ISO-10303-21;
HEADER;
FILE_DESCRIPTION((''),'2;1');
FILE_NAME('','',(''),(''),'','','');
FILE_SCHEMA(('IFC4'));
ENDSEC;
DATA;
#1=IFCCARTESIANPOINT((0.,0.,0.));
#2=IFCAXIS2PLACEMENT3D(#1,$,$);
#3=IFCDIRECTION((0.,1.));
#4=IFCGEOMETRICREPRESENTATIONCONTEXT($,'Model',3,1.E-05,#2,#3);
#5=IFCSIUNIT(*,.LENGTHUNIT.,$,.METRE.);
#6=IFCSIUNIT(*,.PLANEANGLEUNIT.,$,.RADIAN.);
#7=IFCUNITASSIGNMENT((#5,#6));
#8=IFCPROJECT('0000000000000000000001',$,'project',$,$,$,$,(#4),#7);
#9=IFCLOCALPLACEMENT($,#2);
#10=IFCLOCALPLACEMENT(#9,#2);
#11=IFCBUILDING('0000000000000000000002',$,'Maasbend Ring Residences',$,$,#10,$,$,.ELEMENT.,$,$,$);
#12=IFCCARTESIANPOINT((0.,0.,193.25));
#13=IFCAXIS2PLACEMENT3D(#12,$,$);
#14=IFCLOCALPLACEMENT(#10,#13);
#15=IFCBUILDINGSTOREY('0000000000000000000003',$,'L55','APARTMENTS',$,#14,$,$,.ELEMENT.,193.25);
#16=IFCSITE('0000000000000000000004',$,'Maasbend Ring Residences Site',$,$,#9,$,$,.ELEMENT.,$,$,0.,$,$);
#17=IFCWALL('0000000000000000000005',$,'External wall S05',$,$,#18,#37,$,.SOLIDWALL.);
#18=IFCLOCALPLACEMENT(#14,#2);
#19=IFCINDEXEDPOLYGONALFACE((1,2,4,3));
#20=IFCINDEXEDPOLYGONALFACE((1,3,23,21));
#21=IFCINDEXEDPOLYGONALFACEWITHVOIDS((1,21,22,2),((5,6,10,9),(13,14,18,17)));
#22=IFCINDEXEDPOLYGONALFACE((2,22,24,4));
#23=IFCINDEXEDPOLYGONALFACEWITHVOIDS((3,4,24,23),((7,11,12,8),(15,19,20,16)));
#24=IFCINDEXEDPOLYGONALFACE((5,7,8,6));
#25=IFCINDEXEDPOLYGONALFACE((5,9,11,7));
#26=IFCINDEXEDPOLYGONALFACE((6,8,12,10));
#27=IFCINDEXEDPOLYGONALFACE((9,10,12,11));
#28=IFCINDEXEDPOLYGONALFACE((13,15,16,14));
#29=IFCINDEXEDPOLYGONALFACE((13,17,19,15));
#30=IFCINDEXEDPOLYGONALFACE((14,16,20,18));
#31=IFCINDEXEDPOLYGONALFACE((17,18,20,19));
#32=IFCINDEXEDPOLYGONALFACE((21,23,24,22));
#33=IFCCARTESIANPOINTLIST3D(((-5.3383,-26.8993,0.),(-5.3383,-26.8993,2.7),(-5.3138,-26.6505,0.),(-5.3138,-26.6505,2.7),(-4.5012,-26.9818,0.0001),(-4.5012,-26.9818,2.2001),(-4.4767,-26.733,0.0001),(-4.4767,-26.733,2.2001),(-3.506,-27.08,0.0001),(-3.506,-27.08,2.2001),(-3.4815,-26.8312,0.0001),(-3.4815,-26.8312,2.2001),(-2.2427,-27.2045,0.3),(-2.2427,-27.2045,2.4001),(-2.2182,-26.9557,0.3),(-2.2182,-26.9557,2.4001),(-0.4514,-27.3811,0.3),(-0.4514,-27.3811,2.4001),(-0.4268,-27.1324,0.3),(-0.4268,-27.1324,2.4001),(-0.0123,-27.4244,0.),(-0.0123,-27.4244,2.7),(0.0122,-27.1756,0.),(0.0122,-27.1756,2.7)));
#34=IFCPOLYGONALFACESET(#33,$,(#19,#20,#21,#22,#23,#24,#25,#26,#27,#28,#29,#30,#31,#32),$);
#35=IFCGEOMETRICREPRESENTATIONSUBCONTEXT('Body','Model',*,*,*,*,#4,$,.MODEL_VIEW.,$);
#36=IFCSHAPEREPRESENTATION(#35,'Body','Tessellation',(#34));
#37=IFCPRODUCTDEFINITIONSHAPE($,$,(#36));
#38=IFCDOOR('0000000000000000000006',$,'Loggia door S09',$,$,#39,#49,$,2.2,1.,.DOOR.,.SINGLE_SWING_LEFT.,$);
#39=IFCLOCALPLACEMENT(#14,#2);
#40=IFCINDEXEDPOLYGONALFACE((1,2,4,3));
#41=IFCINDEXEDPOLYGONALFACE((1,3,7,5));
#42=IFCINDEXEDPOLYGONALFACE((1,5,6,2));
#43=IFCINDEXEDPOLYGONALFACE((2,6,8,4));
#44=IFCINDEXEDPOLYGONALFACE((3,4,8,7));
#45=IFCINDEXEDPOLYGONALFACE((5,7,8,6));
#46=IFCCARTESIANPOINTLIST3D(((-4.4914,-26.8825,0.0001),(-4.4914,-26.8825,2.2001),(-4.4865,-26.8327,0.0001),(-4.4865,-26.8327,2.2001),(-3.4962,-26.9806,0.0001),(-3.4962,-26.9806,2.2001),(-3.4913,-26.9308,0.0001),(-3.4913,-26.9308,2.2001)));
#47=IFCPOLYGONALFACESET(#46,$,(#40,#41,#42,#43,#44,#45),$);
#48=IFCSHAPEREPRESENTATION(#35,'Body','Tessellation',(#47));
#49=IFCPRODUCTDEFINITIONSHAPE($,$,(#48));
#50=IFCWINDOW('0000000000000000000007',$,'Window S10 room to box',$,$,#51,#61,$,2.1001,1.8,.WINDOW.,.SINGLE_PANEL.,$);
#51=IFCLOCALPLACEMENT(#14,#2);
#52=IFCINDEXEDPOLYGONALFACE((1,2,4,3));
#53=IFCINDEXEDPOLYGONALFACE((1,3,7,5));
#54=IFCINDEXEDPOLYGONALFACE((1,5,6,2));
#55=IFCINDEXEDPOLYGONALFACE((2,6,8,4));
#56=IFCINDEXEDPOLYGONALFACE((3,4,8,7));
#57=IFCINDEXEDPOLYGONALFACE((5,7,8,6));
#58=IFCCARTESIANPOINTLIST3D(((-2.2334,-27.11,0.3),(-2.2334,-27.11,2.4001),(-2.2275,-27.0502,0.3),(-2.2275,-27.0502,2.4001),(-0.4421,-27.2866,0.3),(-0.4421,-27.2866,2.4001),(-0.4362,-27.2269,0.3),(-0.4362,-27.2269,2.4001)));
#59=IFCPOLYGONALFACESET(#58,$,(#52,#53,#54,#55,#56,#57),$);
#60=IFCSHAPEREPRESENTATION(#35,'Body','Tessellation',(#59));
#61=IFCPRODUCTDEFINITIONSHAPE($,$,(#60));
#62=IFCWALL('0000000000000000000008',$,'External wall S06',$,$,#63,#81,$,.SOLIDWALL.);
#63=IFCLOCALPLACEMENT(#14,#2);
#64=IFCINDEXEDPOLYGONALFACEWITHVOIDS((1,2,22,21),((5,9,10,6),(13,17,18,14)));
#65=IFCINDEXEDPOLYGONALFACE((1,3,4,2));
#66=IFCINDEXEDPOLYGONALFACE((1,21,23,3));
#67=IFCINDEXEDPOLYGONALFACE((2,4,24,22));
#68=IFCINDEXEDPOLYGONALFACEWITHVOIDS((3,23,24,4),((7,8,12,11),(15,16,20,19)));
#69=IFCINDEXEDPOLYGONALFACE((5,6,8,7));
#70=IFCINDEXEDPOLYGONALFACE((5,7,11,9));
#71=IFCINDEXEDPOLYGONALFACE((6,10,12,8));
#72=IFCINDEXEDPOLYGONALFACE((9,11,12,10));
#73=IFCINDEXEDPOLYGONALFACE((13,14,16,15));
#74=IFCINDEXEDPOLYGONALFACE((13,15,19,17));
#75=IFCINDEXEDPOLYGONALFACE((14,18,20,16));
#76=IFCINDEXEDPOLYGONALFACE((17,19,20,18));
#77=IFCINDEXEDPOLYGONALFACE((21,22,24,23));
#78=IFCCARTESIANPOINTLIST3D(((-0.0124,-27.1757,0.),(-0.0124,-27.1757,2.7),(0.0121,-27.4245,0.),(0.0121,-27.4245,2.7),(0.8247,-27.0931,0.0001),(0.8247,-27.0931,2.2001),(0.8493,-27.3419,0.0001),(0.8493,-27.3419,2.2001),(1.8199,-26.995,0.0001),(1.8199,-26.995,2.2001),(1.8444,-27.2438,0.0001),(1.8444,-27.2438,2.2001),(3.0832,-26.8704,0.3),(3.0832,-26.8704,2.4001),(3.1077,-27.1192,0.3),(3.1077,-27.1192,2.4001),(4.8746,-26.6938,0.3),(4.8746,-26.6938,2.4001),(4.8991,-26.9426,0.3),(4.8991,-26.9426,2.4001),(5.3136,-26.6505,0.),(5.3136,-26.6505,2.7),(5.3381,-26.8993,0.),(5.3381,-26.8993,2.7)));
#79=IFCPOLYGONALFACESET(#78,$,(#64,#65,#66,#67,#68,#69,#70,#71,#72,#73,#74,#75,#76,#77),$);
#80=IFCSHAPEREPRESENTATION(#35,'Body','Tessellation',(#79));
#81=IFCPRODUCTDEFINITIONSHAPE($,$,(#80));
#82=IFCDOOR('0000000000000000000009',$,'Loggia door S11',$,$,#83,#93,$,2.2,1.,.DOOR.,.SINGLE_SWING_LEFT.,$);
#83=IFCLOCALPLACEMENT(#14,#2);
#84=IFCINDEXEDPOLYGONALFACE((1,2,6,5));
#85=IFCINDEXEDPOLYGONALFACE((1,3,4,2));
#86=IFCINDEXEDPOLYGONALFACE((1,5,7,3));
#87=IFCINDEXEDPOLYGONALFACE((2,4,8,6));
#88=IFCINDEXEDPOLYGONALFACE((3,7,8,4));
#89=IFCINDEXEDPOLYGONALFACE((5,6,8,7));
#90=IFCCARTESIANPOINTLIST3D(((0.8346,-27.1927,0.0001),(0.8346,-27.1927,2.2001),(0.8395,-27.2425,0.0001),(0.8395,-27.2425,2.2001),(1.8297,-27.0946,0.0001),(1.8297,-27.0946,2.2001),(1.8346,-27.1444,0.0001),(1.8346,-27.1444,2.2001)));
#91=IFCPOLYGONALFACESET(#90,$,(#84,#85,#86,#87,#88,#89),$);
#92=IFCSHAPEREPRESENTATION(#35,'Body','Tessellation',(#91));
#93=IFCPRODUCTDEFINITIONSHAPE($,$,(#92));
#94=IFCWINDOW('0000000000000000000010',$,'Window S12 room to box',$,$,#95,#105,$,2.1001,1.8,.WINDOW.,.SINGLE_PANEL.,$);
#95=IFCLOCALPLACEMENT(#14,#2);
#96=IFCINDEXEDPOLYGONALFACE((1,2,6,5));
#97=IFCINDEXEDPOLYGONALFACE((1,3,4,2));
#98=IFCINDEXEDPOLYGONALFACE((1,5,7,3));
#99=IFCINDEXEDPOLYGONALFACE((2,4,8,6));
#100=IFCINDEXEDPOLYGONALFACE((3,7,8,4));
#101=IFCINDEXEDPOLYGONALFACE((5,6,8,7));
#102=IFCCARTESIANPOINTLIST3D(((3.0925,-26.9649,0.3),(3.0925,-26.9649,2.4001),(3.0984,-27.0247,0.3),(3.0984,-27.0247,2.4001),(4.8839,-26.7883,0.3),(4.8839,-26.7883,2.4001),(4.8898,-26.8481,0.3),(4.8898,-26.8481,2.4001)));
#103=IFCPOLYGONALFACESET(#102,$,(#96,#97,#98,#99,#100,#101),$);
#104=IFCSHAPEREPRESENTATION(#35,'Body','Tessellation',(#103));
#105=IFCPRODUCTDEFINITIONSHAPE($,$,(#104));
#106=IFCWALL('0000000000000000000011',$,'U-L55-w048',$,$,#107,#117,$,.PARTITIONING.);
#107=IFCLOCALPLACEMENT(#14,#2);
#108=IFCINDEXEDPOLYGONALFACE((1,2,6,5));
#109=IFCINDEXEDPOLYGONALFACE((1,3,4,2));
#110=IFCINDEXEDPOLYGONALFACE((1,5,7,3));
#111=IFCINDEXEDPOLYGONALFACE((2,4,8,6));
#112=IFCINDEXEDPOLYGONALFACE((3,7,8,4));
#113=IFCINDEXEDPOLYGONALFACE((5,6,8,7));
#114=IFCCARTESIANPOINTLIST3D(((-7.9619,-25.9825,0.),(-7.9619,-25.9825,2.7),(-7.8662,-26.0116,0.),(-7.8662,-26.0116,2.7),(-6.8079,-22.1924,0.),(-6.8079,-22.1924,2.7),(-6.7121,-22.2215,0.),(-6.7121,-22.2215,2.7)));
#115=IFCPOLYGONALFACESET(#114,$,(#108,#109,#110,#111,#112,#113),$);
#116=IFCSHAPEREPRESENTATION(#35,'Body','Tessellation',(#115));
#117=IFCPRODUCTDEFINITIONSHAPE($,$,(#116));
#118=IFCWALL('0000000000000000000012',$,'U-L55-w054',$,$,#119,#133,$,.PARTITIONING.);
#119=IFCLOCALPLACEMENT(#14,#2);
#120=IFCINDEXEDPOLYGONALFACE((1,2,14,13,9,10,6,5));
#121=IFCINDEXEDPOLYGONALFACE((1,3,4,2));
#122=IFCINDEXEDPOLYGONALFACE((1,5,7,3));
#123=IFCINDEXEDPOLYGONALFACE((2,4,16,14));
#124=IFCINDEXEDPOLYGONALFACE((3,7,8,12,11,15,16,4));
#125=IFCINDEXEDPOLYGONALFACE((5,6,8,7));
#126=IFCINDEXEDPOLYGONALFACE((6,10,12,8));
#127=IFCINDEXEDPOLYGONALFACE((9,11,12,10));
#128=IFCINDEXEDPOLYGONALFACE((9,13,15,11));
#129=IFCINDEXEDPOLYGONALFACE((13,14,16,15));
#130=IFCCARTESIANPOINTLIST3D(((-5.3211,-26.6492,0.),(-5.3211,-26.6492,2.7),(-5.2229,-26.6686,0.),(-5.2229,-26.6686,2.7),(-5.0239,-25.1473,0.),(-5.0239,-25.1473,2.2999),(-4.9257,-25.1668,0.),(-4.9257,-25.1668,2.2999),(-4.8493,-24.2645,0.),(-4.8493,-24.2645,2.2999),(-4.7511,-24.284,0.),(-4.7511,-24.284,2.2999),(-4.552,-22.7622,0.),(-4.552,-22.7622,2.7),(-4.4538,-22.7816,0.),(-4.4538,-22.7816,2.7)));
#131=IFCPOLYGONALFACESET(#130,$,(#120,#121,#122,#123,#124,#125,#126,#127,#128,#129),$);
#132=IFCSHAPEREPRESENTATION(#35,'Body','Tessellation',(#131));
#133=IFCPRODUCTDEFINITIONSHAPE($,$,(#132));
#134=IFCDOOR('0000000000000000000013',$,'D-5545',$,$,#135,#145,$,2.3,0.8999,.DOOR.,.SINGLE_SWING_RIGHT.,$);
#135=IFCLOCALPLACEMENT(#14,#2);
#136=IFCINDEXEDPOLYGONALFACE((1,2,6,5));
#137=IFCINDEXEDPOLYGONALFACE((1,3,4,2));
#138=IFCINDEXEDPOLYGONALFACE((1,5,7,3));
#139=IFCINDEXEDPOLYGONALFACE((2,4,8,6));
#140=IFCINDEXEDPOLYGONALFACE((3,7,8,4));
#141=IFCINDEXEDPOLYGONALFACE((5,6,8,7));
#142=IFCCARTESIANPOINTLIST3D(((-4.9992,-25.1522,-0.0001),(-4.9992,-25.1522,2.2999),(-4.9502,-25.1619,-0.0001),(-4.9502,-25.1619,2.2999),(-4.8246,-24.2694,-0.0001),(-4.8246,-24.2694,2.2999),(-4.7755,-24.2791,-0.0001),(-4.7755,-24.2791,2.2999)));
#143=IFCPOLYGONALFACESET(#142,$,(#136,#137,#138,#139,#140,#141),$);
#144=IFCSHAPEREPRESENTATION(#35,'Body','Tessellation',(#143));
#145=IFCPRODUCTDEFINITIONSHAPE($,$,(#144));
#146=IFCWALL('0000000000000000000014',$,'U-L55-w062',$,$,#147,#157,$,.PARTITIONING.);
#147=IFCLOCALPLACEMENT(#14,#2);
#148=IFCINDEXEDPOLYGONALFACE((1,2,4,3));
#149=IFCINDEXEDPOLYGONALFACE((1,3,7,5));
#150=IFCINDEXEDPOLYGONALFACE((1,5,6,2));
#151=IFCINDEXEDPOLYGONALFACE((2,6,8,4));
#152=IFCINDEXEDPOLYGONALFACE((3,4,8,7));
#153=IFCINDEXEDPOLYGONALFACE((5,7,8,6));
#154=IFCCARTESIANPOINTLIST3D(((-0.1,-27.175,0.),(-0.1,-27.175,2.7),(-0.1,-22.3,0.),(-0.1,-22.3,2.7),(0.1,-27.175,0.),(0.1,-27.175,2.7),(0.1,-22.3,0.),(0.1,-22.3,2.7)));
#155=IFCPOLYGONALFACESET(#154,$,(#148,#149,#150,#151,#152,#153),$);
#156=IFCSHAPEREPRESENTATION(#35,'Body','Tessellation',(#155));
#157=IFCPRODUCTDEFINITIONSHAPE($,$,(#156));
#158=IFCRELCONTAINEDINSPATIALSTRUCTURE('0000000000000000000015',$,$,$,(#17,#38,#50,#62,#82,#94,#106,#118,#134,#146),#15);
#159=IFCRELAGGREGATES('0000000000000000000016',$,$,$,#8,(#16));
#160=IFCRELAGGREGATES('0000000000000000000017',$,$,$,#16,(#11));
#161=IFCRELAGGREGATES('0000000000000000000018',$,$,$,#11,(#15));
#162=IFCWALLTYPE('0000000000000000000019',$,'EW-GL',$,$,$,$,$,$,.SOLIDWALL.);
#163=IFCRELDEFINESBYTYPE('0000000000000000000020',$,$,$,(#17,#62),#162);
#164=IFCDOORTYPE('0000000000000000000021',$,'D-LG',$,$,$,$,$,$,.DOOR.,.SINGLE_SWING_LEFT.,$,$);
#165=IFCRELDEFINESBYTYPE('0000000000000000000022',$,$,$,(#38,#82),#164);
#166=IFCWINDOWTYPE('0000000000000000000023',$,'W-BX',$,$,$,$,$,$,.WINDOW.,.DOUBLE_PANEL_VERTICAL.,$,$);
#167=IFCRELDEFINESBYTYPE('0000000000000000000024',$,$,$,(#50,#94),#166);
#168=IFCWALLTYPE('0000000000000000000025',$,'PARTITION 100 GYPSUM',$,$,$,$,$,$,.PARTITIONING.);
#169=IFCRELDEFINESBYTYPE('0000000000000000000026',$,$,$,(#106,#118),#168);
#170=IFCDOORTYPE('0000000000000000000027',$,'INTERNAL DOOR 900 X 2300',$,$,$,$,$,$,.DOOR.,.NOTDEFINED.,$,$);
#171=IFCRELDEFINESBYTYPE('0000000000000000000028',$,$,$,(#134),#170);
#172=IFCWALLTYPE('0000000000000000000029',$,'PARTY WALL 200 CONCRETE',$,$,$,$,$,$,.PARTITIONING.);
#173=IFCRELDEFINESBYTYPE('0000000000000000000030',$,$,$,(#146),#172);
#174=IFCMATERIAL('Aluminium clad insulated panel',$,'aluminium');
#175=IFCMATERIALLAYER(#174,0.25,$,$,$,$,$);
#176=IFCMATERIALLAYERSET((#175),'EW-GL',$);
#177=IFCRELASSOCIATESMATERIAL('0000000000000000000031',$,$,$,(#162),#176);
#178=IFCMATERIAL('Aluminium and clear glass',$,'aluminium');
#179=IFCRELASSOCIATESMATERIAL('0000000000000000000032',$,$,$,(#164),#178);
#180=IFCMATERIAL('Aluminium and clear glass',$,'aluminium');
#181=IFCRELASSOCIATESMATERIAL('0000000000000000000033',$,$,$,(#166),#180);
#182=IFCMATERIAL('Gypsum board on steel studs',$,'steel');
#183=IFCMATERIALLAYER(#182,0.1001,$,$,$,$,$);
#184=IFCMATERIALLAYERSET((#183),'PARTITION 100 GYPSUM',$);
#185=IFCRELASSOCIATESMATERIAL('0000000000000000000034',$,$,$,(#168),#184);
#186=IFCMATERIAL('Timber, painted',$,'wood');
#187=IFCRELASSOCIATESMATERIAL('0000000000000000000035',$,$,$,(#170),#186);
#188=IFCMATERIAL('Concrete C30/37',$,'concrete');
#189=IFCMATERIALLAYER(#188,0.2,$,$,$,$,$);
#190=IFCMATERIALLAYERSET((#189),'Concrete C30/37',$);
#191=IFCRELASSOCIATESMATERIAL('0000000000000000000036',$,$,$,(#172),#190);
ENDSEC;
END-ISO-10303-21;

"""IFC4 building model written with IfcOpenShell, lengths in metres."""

from ifc_helpers import new_model, si_unit, direction, frame, frame_2d, origin, place, context, subcontext, project, spatial, rectangle, extrude, material, layer, layer_set, type_object, element, fill, save


model = new_model("IFC4")

# Units and contexts
model_context = context("Model", 3, precision=1e-05, world=origin(), true_north=direction((0.0, 1.0)))
body_context = subcontext(model_context, "Body", "Model", "MODEL_VIEW")
ifc_project = project(units=[si_unit("LENGTHUNIT", "METRE"), si_unit("PLANEANGLEUNIT", "RADIAN")], contexts=[model_context])

# Site, building, storey
site_placement = place(None, origin())
site = spatial("IfcSite", under=ifc_project, at=site_placement, Name="Maasbend Ring Residences Site", CompositionType="ELEMENT", RefElevation=0.0)
building_placement = place(site_placement, origin())
building = spatial("IfcBuilding", under=site, at=building_placement, Name="Maasbend Ring Residences", CompositionType="ELEMENT")
storey_placement = place(building_placement, frame((0.0, 0.0, 193.25)))
storey = spatial("IfcBuildingStorey", under=building, at=storey_placement, Name="L55", Description="APARTMENTS", CompositionType="ELEMENT", Elevation=193.25)

# Walls, openings, doors, windows
ifc_material_1 = material(Name="Aluminium clad insulated panel", Category="aluminium")
ifc_layer_1 = layer(ifc_material_1, 0.25)
ifc_layer_set_1 = layer_set([ifc_layer_1], Name="EW-GL")
wall_type_1 = type_object("IfcWallType", Name="EW-GL", PredefinedType="SOLIDWALL", material=ifc_layer_set_1)
wall_1_placement = place(storey_placement, frame((-5.3259, -26.7749, 0.0), z_axis=(0.0, 0.0, 1.0), x_axis=(0.995174, -0.098126, 0.0)))
wall_1 = element("IfcWall", 1, at=wall_1_placement, inside=storey, type_object=wall_type_1, Name="External wall S05", PredefinedType="SOLIDWALL", context=body_context, shape_type="SweptSolid", body=[
    extrude(rectangle(XDim=5.3518, YDim=0.25, at=frame_2d((2.6758, 0.0))), origin(), (0.0, 0.0, 1.0), 2.7),
])
opening_1_placement = place(wall_1_placement, frame((0.8411, 0.0, 0.0)))
opening_1 = element("IfcOpeningElement", 2, at=opening_1_placement, cuts=wall_1, PredefinedType="OPENING", context=body_context, shape_type="SweptSolid", body=[
    extrude(rectangle(XDim=1.0, YDim=2.2, at=frame_2d((0.5, 1.1001))), frame((0.0, 0.135, 0.0), z_axis=(0.0, -1.0, 0.0), x_axis=(1.0, 0.0, 0.0)), (0.0, 0.0, 1.0), 0.27),
])
opening_2_placement = place(wall_1_placement, frame((3.1106, 0.0, 0.3)))
opening_2 = element("IfcOpeningElement", 3, at=opening_2_placement, cuts=wall_1, PredefinedType="OPENING", context=body_context, shape_type="SweptSolid", body=[
    extrude(rectangle(XDim=1.8, YDim=2.1001, at=frame_2d((0.8999, 1.05))), frame((0.0, 0.135, 0.0), z_axis=(0.0, -1.0, 0.0), x_axis=(1.0, 0.0, 0.0)), (0.0, 0.0, 1.0), 0.27),
])
ifc_material_2 = material(Name="Aluminium and clear glass", Category="aluminium")
door_type_1 = type_object("IfcDoorType", Name="D-LG", OperationType="SINGLE_SWING_LEFT", PredefinedType="DOOR", material=ifc_material_2)
door_1_placement = place(opening_1_placement, origin())
door_1 = element("IfcDoor", 4, at=door_1_placement, inside=storey, type_object=door_type_1, Name="Loggia door S09", OperationType="SINGLE_SWING_LEFT", OverallHeight=2.2, OverallWidth=1.0, PredefinedType="DOOR", context=body_context, shape_type="SweptSolid", body=[
    extrude(rectangle(XDim=1.0, YDim=2.2, at=frame_2d((0.5, 1.1001))), frame((0.0, 0.0249, 0.0), z_axis=(0.0, -1.0, 0.0), x_axis=(1.0, 0.0, 0.0)), (0.0, 0.0, 1.0), 0.05),
])
fill(opening_1, door_1)
ifc_material_3 = material(Name="Aluminium and clear glass", Category="aluminium")
window_type_1 = type_object("IfcWindowType", Name="W-BX", PartitioningType="DOUBLE_PANEL_VERTICAL", PredefinedType="WINDOW", material=ifc_material_3)
window_1_placement = place(opening_2_placement, origin())
window_1 = element("IfcWindow", 5, at=window_1_placement, inside=storey, type_object=window_type_1, Name="Window S10 room to box", OverallHeight=2.1001, OverallWidth=1.8, PartitioningType="SINGLE_PANEL", PredefinedType="WINDOW", context=body_context, shape_type="SweptSolid", body=[
    extrude(rectangle(XDim=1.8, YDim=2.1001, at=frame_2d((0.8999, 1.05))), frame((0.0, 0.03, 0.0), z_axis=(0.0, -1.0, 0.0), x_axis=(1.0, 0.0, 0.0)), (0.0, 0.0, 1.0), 0.0601),
])
fill(opening_2, window_1)
wall_2_placement = place(storey_placement, frame((0.0, -27.3, 0.0), z_axis=(0.0, 0.0, 1.0), x_axis=(0.995174, 0.098126, 0.0)))
wall_2 = element("IfcWall", 6, at=wall_2_placement, inside=storey, type_object=wall_type_1, Name="External wall S06", PredefinedType="SOLIDWALL", context=body_context, shape_type="SweptSolid", body=[
    extrude(rectangle(XDim=5.3518, YDim=0.25, at=frame_2d((2.6758, 0.0))), origin(), (0.0, 0.0, 1.0), 2.7),
])
opening_3_placement = place(wall_2_placement, frame((0.8411, 0.0, 0.0)))
opening_3 = element("IfcOpeningElement", 7, at=opening_3_placement, cuts=wall_2, PredefinedType="OPENING", context=body_context, shape_type="SweptSolid", body=[
    extrude(rectangle(XDim=1.0, YDim=2.2, at=frame_2d((0.5, 1.1001))), frame((0.0, 0.135, 0.0), z_axis=(0.0, -1.0, 0.0), x_axis=(1.0, 0.0, 0.0)), (0.0, 0.0, 1.0), 0.27),
])
opening_4_placement = place(wall_2_placement, frame((3.1106, 0.0, 0.3)))
opening_4 = element("IfcOpeningElement", 8, at=opening_4_placement, cuts=wall_2, PredefinedType="OPENING", context=body_context, shape_type="SweptSolid", body=[
    extrude(rectangle(XDim=1.8, YDim=2.1001, at=frame_2d((0.8999, 1.05))), frame((0.0, 0.135, 0.0), z_axis=(0.0, -1.0, 0.0), x_axis=(1.0, 0.0, 0.0)), (0.0, 0.0, 1.0), 0.27),
])
door_2_placement = place(opening_3_placement, origin())
door_2 = element("IfcDoor", 9, at=door_2_placement, inside=storey, type_object=door_type_1, Name="Loggia door S11", OperationType="SINGLE_SWING_LEFT", OverallHeight=2.2, OverallWidth=1.0, PredefinedType="DOOR", context=body_context, shape_type="SweptSolid", body=[
    extrude(rectangle(XDim=1.0, YDim=2.2, at=frame_2d((0.5, 1.1001))), frame((0.0, 0.0249, 0.0), z_axis=(0.0, -1.0, 0.0), x_axis=(1.0, 0.0, 0.0)), (0.0, 0.0, 1.0), 0.05),
])
fill(opening_3, door_2)
window_2_placement = place(opening_4_placement, origin())
window_2 = element("IfcWindow", 10, at=window_2_placement, inside=storey, type_object=window_type_1, Name="Window S12 room to box", OverallHeight=2.1001, OverallWidth=1.8, PartitioningType="SINGLE_PANEL", PredefinedType="WINDOW", context=body_context, shape_type="SweptSolid", body=[
    extrude(rectangle(XDim=1.8, YDim=2.1001, at=frame_2d((0.8999, 1.05))), frame((0.0, 0.03, 0.0), z_axis=(0.0, -1.0, 0.0), x_axis=(1.0, 0.0, 0.0)), (0.0, 0.0, 1.0), 0.0601),
])
fill(opening_4, window_2)

# Wall
ifc_material_4 = material(Name="Gypsum board on steel studs", Category="steel")
ifc_layer_2 = layer(ifc_material_4, 0.1001)
ifc_layer_set_2 = layer_set([ifc_layer_2], Name="PARTITION 100 GYPSUM")
wall_type_2 = type_object("IfcWallType", Name="PARTITION 100 GYPSUM", PredefinedType="PARTITIONING", material=ifc_layer_set_2)
wall_3_placement = place(storey_placement, frame((-7.9141, -25.9971, 0.0), z_axis=(0.0, 0.0, 1.0), x_axis=(0.291292, 0.956634, 0.0)))
element("IfcWall", 11, at=wall_3_placement, inside=storey, type_object=wall_type_2, Name="U-L55-w048", PredefinedType="PARTITIONING", context=body_context, shape_type="SweptSolid", body=[
    extrude(rectangle(XDim=3.9619, YDim=0.1001, at=frame_2d((1.981, 0.0))), origin(), (0.0, 0.0, 1.0), 2.7),
])

# Wall, opening, door
wall_4_placement = place(storey_placement, frame((-5.272, -26.6589, 0.0), z_axis=(0.0, 0.0, 1.0), x_axis=(0.19409, 0.980984, 0.0)))
wall_4 = element("IfcWall", 12, at=wall_4_placement, inside=storey, type_object=wall_type_2, Name="U-L55-w054", PredefinedType="PARTITIONING", context=body_context, shape_type="SweptSolid", body=[
    extrude(rectangle(XDim=3.9624, YDim=0.1001, at=frame_2d((1.9812, 0.0))), origin(), (0.0, 0.0, 1.0), 2.7),
])
opening_5_placement = place(wall_4_placement, frame((1.531, 0.0, 0.0)))
opening_5 = element("IfcOpeningElement", 13, at=opening_5_placement, cuts=wall_4, PredefinedType="OPENING", context=body_context, shape_type="SweptSolid", body=[
    extrude(rectangle(XDim=0.8999, YDim=2.3, at=frame_2d((0.45, 1.1499))), frame((0.0, 0.0601, 0.0), z_axis=(0.0, -1.0, 0.0), x_axis=(1.0, 0.0, 0.0)), (0.0, 0.0, 1.0), 0.1201),
])
ifc_material_5 = material(Name="Timber, painted", Category="wood")
door_type_2 = type_object("IfcDoorType", Name="INTERNAL DOOR 900 X 2300", OperationType="NOTDEFINED", PredefinedType="DOOR", material=ifc_material_5)
door_3_placement = place(opening_5_placement, origin())
door_3 = element("IfcDoor", 14, at=door_3_placement, inside=storey, type_object=door_type_2, Name="D-5545", OperationType="SINGLE_SWING_RIGHT", OverallHeight=2.3, OverallWidth=0.8999, PredefinedType="DOOR", context=body_context, shape_type="SweptSolid", body=[
    extrude(rectangle(XDim=0.8999, YDim=2.3, at=frame_2d((0.45, 1.1499))), frame((0.0, 0.0249, 0.0), z_axis=(0.0, -1.0, 0.0), x_axis=(1.0, 0.0, 0.0)), (0.0, 0.0, 1.0), 0.05),
])
fill(opening_5, door_3)

# Wall
ifc_material_6 = material(Name="Concrete C30/37", Category="concrete")
ifc_layer_3 = layer(ifc_material_6, 0.2)
ifc_layer_set_3 = layer_set([ifc_layer_3], Name="Concrete C30/37")
wall_type_3 = type_object("IfcWallType", Name="PARTY WALL 200 CONCRETE", PredefinedType="PARTITIONING", material=ifc_layer_set_3)
wall_5_placement = place(storey_placement, frame((0.0, -27.175, 0.0), z_axis=(0.0, 0.0, 1.0), x_axis=(0.0, 1.0, 0.0)))
element("IfcWall", 15, at=wall_5_placement, inside=storey, type_object=wall_type_3, Name="U-L55-w062", PredefinedType="PARTITIONING", context=body_context, shape_type="SweptSolid", body=[
    extrude(rectangle(XDim=4.875, YDim=0.2, at=frame_2d((2.4375, 0.0))), origin(), (0.0, 0.0, 1.0), 2.7),
])

save(model, "model.ifc")
